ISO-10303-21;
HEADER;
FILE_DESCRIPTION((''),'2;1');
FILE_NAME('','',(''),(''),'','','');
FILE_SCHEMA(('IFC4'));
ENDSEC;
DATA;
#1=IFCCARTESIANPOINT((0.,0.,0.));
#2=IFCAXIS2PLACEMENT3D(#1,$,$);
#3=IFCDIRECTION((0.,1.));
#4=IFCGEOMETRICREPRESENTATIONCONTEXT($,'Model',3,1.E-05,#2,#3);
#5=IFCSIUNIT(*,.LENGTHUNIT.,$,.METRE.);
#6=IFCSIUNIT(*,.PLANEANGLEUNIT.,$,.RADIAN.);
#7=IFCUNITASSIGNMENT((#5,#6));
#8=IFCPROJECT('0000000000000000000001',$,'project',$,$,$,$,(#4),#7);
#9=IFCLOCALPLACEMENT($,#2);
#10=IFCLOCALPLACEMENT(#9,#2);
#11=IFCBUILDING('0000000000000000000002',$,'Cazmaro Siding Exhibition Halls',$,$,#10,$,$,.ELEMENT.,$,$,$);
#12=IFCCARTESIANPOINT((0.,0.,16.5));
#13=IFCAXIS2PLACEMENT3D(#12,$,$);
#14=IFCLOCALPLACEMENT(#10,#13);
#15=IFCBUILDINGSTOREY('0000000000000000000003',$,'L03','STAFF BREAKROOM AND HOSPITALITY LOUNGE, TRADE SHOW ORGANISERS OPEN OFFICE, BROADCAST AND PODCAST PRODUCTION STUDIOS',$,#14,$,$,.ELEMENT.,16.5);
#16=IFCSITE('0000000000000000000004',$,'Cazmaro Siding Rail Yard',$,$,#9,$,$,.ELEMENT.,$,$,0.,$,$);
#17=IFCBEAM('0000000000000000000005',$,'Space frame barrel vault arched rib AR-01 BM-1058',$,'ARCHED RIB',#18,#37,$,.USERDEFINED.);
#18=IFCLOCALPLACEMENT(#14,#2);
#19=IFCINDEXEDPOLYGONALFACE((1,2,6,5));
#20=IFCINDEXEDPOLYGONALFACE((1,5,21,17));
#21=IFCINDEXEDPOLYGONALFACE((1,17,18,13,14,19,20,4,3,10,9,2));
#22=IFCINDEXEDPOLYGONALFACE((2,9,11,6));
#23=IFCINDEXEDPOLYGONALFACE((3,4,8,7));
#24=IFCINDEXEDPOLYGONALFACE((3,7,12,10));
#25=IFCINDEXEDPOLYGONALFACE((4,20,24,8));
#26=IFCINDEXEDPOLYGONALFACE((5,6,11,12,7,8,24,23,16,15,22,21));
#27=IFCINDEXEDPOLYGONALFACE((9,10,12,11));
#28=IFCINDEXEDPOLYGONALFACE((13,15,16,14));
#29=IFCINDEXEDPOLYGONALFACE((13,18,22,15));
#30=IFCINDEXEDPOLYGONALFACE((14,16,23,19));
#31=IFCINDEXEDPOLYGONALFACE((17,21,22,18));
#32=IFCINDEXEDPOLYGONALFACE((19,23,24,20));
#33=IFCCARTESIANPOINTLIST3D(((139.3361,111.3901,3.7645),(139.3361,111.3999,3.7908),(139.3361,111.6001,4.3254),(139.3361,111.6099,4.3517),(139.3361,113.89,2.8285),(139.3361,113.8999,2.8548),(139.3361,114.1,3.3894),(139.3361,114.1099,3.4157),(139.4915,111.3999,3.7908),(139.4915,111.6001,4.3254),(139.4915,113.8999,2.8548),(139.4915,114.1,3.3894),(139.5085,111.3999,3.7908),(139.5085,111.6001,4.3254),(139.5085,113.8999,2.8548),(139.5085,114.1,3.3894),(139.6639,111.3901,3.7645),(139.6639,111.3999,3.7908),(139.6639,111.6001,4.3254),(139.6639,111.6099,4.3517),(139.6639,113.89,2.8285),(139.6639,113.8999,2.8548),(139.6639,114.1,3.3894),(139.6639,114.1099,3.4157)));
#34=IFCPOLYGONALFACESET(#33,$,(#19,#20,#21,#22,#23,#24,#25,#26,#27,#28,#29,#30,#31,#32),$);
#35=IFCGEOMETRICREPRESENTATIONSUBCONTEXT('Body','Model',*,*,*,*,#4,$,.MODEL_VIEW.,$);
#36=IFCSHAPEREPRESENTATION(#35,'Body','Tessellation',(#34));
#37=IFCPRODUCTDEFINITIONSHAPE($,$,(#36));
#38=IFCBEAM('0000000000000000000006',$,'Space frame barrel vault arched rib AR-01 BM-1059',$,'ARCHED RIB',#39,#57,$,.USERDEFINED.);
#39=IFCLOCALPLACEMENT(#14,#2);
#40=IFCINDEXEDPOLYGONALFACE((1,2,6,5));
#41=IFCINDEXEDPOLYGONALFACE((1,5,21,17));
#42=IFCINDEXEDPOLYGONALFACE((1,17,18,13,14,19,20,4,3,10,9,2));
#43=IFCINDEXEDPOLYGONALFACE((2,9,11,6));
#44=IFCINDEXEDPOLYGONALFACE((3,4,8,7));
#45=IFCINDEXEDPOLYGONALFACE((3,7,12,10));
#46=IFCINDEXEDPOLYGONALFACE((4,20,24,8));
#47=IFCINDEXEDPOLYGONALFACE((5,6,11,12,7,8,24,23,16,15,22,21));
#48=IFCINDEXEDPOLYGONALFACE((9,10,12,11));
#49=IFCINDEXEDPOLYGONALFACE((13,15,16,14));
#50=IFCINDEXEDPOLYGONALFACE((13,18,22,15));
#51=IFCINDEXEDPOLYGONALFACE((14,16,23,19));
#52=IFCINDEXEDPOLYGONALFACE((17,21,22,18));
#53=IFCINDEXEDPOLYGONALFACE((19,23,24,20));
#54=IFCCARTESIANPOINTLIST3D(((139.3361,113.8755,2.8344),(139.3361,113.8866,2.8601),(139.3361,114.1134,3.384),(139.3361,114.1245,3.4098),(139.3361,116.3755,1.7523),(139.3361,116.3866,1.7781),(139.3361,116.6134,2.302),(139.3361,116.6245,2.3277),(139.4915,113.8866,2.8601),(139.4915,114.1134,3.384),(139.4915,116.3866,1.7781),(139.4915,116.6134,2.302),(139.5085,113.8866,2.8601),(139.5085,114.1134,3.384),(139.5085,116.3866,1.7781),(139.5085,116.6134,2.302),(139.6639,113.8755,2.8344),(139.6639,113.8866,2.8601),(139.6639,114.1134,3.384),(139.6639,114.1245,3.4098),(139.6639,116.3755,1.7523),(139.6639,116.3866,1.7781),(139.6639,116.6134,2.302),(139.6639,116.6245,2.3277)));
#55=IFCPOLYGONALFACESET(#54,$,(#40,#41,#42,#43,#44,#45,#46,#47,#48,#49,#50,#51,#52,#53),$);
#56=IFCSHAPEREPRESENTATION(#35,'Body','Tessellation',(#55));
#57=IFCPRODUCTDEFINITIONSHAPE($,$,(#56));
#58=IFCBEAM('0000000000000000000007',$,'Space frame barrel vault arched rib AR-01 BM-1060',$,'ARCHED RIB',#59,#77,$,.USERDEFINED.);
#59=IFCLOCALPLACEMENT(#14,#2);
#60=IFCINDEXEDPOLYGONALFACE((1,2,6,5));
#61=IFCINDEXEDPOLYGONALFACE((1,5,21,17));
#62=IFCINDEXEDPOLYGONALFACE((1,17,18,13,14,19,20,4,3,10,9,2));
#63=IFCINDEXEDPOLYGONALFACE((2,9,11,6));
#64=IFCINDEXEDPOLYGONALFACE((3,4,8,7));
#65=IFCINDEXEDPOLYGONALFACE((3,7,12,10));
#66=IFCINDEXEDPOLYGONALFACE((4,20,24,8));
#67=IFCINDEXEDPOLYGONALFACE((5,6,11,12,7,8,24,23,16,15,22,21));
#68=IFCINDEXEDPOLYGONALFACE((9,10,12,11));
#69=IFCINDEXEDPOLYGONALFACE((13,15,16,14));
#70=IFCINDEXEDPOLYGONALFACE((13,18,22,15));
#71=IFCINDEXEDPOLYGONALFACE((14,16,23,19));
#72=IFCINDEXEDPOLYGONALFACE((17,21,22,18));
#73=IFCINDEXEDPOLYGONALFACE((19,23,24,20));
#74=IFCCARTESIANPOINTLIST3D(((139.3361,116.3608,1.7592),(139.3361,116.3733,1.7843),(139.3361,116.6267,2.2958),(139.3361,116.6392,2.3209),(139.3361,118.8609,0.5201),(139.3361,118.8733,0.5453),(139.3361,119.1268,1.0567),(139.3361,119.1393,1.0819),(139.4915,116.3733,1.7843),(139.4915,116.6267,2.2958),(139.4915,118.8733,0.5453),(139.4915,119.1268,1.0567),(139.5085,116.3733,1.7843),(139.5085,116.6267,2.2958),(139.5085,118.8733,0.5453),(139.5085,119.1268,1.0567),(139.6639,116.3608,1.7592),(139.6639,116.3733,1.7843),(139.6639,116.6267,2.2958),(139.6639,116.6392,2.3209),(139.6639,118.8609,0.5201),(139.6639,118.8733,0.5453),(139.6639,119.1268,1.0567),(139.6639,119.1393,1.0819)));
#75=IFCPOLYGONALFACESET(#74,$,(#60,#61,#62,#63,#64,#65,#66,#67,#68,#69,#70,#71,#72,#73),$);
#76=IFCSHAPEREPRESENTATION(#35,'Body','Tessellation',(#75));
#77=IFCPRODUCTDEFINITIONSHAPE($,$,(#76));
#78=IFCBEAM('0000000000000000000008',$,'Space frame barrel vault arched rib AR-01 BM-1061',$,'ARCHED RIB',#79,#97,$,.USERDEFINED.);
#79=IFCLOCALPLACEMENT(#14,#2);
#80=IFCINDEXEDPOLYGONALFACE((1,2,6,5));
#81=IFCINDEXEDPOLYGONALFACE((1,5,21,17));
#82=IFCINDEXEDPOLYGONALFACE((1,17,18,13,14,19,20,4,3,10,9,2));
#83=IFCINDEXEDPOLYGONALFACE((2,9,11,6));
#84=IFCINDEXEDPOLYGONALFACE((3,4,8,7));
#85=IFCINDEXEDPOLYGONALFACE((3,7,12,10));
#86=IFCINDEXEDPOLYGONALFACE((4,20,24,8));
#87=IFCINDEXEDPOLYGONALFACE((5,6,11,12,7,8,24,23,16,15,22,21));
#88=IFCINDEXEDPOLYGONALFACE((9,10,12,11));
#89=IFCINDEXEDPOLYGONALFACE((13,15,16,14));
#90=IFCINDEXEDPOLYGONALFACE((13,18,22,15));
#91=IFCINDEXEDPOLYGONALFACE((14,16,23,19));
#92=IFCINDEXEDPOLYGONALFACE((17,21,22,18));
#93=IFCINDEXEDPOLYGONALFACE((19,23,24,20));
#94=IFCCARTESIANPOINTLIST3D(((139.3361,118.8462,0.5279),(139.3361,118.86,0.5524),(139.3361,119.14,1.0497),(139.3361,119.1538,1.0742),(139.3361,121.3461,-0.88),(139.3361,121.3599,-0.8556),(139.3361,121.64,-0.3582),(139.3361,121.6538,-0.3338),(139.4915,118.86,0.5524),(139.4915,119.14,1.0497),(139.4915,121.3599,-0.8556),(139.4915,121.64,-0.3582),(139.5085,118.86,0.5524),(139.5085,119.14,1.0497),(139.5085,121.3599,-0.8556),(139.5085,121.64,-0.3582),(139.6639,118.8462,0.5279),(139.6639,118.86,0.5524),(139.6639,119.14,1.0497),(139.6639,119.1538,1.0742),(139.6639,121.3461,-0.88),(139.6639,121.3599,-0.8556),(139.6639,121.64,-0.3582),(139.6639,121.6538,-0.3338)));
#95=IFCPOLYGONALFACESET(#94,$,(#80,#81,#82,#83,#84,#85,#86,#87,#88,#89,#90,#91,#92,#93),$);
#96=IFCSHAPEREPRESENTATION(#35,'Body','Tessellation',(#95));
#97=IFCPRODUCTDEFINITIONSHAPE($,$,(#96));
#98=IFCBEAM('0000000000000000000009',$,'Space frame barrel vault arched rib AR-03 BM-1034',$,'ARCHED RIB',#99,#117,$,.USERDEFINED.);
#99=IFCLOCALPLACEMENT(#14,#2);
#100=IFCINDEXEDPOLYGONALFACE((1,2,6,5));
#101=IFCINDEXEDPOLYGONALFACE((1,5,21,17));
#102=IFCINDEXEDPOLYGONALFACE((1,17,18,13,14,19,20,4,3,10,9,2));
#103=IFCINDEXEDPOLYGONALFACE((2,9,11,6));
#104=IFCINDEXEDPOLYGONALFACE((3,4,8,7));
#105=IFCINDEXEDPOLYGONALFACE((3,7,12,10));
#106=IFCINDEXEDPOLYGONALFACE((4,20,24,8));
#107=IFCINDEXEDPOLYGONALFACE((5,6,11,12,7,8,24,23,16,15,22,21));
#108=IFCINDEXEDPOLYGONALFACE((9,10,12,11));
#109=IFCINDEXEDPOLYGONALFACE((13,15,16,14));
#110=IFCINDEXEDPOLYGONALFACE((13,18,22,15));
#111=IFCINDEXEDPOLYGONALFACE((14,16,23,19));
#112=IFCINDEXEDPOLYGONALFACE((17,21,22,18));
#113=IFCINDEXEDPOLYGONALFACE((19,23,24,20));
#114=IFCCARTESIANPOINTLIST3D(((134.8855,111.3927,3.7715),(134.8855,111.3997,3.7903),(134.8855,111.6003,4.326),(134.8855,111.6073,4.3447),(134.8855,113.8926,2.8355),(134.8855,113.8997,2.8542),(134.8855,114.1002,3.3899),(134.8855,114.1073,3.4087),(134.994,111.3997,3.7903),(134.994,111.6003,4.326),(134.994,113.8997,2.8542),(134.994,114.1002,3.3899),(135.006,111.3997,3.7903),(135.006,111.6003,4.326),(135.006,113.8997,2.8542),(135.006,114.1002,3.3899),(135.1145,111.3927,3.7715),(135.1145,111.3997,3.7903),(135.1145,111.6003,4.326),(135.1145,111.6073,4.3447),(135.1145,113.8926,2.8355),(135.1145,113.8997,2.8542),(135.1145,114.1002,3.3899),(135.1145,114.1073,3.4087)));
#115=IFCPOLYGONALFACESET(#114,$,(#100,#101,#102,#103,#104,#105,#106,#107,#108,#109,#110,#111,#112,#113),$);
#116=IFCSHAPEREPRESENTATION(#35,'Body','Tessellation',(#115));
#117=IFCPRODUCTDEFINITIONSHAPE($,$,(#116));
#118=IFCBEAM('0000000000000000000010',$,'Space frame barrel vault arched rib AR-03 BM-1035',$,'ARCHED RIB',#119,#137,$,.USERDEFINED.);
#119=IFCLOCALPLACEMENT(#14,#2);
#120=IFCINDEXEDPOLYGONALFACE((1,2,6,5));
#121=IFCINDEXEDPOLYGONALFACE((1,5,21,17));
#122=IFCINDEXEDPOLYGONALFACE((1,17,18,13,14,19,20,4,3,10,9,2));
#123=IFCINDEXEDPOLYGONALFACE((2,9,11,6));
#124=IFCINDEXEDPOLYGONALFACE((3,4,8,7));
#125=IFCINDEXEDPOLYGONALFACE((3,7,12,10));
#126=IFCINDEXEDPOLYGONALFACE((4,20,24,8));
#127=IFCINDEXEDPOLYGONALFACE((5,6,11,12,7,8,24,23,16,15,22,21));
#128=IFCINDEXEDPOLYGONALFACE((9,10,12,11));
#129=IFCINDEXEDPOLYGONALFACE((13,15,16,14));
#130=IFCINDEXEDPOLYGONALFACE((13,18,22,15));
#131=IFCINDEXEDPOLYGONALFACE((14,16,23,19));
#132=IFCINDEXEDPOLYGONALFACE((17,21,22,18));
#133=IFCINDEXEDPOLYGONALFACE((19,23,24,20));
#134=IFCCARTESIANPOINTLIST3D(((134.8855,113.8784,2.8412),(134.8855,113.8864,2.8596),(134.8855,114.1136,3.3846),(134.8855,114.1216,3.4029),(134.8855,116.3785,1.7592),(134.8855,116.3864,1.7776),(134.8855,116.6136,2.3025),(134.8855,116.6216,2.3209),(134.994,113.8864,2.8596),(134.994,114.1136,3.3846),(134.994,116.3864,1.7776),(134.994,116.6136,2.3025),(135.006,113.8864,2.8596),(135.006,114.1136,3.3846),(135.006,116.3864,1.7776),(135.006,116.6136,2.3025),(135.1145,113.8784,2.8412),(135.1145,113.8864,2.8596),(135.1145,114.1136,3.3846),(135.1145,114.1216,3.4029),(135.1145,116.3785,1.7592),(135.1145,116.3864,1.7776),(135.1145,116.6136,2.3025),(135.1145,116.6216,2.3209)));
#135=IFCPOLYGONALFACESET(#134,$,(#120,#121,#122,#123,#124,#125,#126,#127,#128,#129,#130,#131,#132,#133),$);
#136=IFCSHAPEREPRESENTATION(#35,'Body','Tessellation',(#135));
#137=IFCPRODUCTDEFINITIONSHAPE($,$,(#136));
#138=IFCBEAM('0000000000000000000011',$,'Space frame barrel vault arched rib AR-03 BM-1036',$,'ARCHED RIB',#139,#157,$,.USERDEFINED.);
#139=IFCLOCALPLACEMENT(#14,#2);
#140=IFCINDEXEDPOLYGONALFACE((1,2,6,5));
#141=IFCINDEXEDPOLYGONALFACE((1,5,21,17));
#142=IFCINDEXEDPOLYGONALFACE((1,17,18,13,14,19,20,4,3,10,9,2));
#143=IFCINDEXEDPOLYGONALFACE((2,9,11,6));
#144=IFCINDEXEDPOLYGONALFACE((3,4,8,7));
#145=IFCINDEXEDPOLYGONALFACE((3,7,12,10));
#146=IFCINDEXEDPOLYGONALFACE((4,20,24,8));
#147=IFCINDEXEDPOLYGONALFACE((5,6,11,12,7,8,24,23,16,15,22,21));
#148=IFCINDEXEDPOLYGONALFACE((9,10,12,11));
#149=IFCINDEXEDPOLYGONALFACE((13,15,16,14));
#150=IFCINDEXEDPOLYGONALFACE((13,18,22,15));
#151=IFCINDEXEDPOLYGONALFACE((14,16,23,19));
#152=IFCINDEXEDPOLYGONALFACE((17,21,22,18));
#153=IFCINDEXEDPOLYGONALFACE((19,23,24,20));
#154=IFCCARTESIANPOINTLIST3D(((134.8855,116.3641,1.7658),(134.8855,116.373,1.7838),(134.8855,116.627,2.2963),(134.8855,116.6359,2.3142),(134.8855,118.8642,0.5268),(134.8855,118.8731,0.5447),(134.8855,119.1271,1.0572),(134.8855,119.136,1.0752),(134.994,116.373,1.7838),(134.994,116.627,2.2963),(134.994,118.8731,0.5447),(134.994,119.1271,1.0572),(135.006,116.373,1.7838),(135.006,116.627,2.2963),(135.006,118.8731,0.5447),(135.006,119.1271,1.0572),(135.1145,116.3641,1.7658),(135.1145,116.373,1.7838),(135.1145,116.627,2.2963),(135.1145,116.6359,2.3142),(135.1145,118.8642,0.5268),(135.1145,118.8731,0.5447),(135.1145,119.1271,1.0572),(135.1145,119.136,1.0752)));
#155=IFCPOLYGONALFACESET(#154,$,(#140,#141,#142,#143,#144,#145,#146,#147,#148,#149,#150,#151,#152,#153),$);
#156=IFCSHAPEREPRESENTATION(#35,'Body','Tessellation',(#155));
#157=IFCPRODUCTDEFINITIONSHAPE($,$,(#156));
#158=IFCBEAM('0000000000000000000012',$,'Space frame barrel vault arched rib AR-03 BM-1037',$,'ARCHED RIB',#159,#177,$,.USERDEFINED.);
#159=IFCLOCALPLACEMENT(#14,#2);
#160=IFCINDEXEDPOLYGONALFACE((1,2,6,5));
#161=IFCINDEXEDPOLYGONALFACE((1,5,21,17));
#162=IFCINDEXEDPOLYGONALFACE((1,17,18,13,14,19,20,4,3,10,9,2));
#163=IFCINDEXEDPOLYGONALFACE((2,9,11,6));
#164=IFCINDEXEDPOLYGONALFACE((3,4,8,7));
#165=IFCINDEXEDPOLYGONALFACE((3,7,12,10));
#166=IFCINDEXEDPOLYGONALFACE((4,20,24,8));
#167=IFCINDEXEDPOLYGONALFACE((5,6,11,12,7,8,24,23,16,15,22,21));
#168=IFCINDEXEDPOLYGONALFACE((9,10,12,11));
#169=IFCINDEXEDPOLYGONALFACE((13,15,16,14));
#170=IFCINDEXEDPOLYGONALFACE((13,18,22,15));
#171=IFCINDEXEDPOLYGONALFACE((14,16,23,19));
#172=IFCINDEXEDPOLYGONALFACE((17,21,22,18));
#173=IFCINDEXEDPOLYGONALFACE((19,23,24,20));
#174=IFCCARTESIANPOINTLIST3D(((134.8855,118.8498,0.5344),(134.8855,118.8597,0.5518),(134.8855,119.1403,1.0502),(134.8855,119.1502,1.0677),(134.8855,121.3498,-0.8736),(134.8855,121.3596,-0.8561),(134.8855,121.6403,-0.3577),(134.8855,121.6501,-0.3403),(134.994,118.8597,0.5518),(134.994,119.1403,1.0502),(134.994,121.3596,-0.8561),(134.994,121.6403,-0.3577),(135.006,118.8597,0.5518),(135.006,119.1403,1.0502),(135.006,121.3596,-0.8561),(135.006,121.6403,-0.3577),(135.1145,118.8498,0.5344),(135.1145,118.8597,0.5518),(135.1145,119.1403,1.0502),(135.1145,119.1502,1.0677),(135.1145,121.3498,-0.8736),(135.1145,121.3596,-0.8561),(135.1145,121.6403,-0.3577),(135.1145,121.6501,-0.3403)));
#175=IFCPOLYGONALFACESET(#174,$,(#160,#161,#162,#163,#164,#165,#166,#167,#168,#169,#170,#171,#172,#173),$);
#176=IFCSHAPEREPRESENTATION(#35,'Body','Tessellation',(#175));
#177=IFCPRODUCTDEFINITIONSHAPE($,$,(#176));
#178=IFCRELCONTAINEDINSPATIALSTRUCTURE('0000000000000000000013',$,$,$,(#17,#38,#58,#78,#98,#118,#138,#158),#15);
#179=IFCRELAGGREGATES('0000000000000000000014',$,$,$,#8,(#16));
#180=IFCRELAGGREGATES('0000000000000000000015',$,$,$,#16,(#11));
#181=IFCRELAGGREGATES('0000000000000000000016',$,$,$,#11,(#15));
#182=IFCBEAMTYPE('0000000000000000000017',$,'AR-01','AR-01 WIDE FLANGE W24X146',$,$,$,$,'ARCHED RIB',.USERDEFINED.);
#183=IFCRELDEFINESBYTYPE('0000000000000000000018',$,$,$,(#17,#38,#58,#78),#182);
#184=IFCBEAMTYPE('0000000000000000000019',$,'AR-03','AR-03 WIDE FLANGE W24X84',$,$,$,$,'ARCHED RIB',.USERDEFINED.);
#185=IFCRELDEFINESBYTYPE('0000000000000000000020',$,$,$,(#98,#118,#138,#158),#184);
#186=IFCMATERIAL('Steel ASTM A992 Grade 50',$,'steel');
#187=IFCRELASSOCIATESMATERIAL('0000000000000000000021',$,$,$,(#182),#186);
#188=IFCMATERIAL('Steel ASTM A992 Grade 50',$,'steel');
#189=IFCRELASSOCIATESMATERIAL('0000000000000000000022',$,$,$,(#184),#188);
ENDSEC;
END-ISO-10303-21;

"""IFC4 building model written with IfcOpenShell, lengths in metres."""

from ifc_helpers import new_model, si_unit, direction, frame, origin, origin_2d, place, context, subcontext, project, spatial, i_section, extrude, material, material_profile, profile_set, type_object, element, save


model = new_model("IFC4")

# Units and contexts
model_context = context("Model", 3, precision=1e-05, world=origin(), true_north=direction((0.0, 1.0)))
body_context = subcontext(model_context, "Body", "Model", "MODEL_VIEW")
ifc_project = project(units=[si_unit("LENGTHUNIT", "METRE"), si_unit("PLANEANGLEUNIT", "RADIAN")], contexts=[model_context])

# Site, building, storey
site_placement = place(None, origin())
site = spatial("IfcSite", under=ifc_project, at=site_placement, Name="Cazmaro Siding Rail Yard", CompositionType="ELEMENT", RefElevation=0.0)
building_placement = place(site_placement, origin())
building = spatial("IfcBuilding", under=site, at=building_placement, Name="Cazmaro Siding Exhibition Halls", CompositionType="ELEMENT")
storey_placement = place(building_placement, frame((0.0, 0.0, 16.5)))
storey = spatial("IfcBuildingStorey", under=building, at=storey_placement, Name="L03", Description="STAFF BREAKROOM AND HOSPITALITY LOUNGE, TRADE SHOW ORGANISERS OPEN OFFICE, BROADCAST AND PODCAST PRODUCTION STUDIOS", CompositionType="ELEMENT", Elevation=16.5)

# Beams
ifc_material_1 = material(Name="Steel ASTM A992 Grade 50", Category="steel")
ifc_material_profile_1 = material_profile(ifc_material_1, i_section(OverallWidth=0.3279, OverallDepth=0.627, WebThickness=0.0171, FlangeThickness=0.0281, at=origin_2d()), Name="W24X146")
ifc_profile_set_1 = profile_set([ifc_material_profile_1], Name="Steel ASTM A992 Grade 50")
beam_type_1 = type_object("IfcBeamType", Name="AR-01", Description="AR-01 WIDE FLANGE W24X146", ElementType="ARCHED RIB", PredefinedType="USERDEFINED", material=ifc_profile_set_1)
beam_1_placement = place(storey_placement, frame((139.5, 111.5, 4.0581), z_axis=(0.0, 0.936509, -0.350642), x_axis=(-1.0, 0.0, 0.0)))
element("IfcBeam", 1, at=beam_1_placement, inside=storey, type_object=beam_type_1, Name="Space frame barrel vault arched rib AR-01 BM-1058", ObjectType="ARCHED RIB", PredefinedType="USERDEFINED", context=body_context, shape_type="SweptSolid", body=[
    extrude(i_section(OverallWidth=0.3279, OverallDepth=0.627, WebThickness=0.0171, FlangeThickness=0.0281, at=origin_2d()), origin(), (0.0, 0.0, 1.0), 2.6694),
])
beam_2_placement = place(storey_placement, frame((139.5, 114.0, 3.1221), z_axis=(0.0, 0.91773, -0.397205), x_axis=(-1.0, 0.0, 0.0)))
element("IfcBeam", 2, at=beam_2_placement, inside=storey, type_object=beam_type_1, Name="Space frame barrel vault arched rib AR-01 BM-1059", ObjectType="ARCHED RIB", PredefinedType="USERDEFINED", context=body_context, shape_type="SweptSolid", body=[
    extrude(i_section(OverallWidth=0.3279, OverallDepth=0.627, WebThickness=0.0171, FlangeThickness=0.0281, at=origin_2d()), origin(), (0.0, 0.0, 1.0), 2.7241),
])
beam_3_placement = place(storey_placement, frame((139.5, 116.5, 2.04), z_axis=(0.0, 0.895997, -0.444061), x_axis=(-1.0, 0.0, 0.0)))
element("IfcBeam", 3, at=beam_3_placement, inside=storey, type_object=beam_type_1, Name="Space frame barrel vault arched rib AR-01 BM-1060", ObjectType="ARCHED RIB", PredefinedType="USERDEFINED", context=body_context, shape_type="SweptSolid", body=[
    extrude(i_section(OverallWidth=0.3279, OverallDepth=0.627, WebThickness=0.0171, FlangeThickness=0.0281, at=origin_2d()), origin(), (0.0, 0.0, 1.0), 2.7903),
])
beam_4_placement = place(storey_placement, frame((139.5, 119.0, 0.801), z_axis=(0.0, 0.871321, -0.490714), x_axis=(-1.0, 0.0, 0.0)))
element("IfcBeam", 4, at=beam_4_placement, inside=storey, type_object=beam_type_1, Name="Space frame barrel vault arched rib AR-01 BM-1061", ObjectType="ARCHED RIB", PredefinedType="USERDEFINED", context=body_context, shape_type="SweptSolid", body=[
    extrude(i_section(OverallWidth=0.3279, OverallDepth=0.627, WebThickness=0.0171, FlangeThickness=0.0281, at=origin_2d()), origin(), (0.0, 0.0, 1.0), 2.8691),
])
ifc_material_2 = material(Name="Steel ASTM A992 Grade 50", Category="steel")
ifc_material_profile_2 = material_profile(ifc_material_2, i_section(OverallWidth=0.229, OverallDepth=0.6121, WebThickness=0.012, FlangeThickness=0.02, at=origin_2d()), Name="W24X84")
ifc_profile_set_2 = profile_set([ifc_material_profile_2], Name="Steel ASTM A992 Grade 50")
beam_type_2 = type_object("IfcBeamType", Name="AR-03", Description="AR-03 WIDE FLANGE W24X84", ElementType="ARCHED RIB", PredefinedType="USERDEFINED", material=ifc_profile_set_2)
beam_5_placement = place(storey_placement, frame((135.0, 111.5, 4.0581), z_axis=(0.0, 0.936509, -0.350642), x_axis=(-1.0, 0.0, 0.0)))
element("IfcBeam", 5, at=beam_5_placement, inside=storey, type_object=beam_type_2, Name="Space frame barrel vault arched rib AR-03 BM-1034", ObjectType="ARCHED RIB", PredefinedType="USERDEFINED", context=body_context, shape_type="SweptSolid", body=[
    extrude(i_section(OverallWidth=0.229, OverallDepth=0.6121, WebThickness=0.012, FlangeThickness=0.02, at=origin_2d()), origin(), (0.0, 0.0, 1.0), 2.6694),
])
beam_6_placement = place(storey_placement, frame((135.0, 114.0, 3.1221), z_axis=(0.0, 0.91773, -0.397205), x_axis=(-1.0, 0.0, 0.0)))
element("IfcBeam", 6, at=beam_6_placement, inside=storey, type_object=beam_type_2, Name="Space frame barrel vault arched rib AR-03 BM-1035", ObjectType="ARCHED RIB", PredefinedType="USERDEFINED", context=body_context, shape_type="SweptSolid", body=[
    extrude(i_section(OverallWidth=0.229, OverallDepth=0.6121, WebThickness=0.012, FlangeThickness=0.02, at=origin_2d()), origin(), (0.0, 0.0, 1.0), 2.7241),
])
beam_7_placement = place(storey_placement, frame((135.0, 116.5, 2.04), z_axis=(0.0, 0.895997, -0.444061), x_axis=(-1.0, 0.0, 0.0)))
element("IfcBeam", 7, at=beam_7_placement, inside=storey, type_object=beam_type_2, Name="Space frame barrel vault arched rib AR-03 BM-1036", ObjectType="ARCHED RIB", PredefinedType="USERDEFINED", context=body_context, shape_type="SweptSolid", body=[
    extrude(i_section(OverallWidth=0.229, OverallDepth=0.6121, WebThickness=0.012, FlangeThickness=0.02, at=origin_2d()), origin(), (0.0, 0.0, 1.0), 2.7903),
])
beam_8_placement = place(storey_placement, frame((135.0, 119.0, 0.801), z_axis=(0.0, 0.871321, -0.490714), x_axis=(-1.0, 0.0, 0.0)))
element("IfcBeam", 8, at=beam_8_placement, inside=storey, type_object=beam_type_2, Name="Space frame barrel vault arched rib AR-03 BM-1037", ObjectType="ARCHED RIB", PredefinedType="USERDEFINED", context=body_context, shape_type="SweptSolid", body=[
    extrude(i_section(OverallWidth=0.229, OverallDepth=0.6121, WebThickness=0.012, FlangeThickness=0.02, at=origin_2d()), origin(), (0.0, 0.0, 1.0), 2.8691),
])

save(model, "model.ifc")
